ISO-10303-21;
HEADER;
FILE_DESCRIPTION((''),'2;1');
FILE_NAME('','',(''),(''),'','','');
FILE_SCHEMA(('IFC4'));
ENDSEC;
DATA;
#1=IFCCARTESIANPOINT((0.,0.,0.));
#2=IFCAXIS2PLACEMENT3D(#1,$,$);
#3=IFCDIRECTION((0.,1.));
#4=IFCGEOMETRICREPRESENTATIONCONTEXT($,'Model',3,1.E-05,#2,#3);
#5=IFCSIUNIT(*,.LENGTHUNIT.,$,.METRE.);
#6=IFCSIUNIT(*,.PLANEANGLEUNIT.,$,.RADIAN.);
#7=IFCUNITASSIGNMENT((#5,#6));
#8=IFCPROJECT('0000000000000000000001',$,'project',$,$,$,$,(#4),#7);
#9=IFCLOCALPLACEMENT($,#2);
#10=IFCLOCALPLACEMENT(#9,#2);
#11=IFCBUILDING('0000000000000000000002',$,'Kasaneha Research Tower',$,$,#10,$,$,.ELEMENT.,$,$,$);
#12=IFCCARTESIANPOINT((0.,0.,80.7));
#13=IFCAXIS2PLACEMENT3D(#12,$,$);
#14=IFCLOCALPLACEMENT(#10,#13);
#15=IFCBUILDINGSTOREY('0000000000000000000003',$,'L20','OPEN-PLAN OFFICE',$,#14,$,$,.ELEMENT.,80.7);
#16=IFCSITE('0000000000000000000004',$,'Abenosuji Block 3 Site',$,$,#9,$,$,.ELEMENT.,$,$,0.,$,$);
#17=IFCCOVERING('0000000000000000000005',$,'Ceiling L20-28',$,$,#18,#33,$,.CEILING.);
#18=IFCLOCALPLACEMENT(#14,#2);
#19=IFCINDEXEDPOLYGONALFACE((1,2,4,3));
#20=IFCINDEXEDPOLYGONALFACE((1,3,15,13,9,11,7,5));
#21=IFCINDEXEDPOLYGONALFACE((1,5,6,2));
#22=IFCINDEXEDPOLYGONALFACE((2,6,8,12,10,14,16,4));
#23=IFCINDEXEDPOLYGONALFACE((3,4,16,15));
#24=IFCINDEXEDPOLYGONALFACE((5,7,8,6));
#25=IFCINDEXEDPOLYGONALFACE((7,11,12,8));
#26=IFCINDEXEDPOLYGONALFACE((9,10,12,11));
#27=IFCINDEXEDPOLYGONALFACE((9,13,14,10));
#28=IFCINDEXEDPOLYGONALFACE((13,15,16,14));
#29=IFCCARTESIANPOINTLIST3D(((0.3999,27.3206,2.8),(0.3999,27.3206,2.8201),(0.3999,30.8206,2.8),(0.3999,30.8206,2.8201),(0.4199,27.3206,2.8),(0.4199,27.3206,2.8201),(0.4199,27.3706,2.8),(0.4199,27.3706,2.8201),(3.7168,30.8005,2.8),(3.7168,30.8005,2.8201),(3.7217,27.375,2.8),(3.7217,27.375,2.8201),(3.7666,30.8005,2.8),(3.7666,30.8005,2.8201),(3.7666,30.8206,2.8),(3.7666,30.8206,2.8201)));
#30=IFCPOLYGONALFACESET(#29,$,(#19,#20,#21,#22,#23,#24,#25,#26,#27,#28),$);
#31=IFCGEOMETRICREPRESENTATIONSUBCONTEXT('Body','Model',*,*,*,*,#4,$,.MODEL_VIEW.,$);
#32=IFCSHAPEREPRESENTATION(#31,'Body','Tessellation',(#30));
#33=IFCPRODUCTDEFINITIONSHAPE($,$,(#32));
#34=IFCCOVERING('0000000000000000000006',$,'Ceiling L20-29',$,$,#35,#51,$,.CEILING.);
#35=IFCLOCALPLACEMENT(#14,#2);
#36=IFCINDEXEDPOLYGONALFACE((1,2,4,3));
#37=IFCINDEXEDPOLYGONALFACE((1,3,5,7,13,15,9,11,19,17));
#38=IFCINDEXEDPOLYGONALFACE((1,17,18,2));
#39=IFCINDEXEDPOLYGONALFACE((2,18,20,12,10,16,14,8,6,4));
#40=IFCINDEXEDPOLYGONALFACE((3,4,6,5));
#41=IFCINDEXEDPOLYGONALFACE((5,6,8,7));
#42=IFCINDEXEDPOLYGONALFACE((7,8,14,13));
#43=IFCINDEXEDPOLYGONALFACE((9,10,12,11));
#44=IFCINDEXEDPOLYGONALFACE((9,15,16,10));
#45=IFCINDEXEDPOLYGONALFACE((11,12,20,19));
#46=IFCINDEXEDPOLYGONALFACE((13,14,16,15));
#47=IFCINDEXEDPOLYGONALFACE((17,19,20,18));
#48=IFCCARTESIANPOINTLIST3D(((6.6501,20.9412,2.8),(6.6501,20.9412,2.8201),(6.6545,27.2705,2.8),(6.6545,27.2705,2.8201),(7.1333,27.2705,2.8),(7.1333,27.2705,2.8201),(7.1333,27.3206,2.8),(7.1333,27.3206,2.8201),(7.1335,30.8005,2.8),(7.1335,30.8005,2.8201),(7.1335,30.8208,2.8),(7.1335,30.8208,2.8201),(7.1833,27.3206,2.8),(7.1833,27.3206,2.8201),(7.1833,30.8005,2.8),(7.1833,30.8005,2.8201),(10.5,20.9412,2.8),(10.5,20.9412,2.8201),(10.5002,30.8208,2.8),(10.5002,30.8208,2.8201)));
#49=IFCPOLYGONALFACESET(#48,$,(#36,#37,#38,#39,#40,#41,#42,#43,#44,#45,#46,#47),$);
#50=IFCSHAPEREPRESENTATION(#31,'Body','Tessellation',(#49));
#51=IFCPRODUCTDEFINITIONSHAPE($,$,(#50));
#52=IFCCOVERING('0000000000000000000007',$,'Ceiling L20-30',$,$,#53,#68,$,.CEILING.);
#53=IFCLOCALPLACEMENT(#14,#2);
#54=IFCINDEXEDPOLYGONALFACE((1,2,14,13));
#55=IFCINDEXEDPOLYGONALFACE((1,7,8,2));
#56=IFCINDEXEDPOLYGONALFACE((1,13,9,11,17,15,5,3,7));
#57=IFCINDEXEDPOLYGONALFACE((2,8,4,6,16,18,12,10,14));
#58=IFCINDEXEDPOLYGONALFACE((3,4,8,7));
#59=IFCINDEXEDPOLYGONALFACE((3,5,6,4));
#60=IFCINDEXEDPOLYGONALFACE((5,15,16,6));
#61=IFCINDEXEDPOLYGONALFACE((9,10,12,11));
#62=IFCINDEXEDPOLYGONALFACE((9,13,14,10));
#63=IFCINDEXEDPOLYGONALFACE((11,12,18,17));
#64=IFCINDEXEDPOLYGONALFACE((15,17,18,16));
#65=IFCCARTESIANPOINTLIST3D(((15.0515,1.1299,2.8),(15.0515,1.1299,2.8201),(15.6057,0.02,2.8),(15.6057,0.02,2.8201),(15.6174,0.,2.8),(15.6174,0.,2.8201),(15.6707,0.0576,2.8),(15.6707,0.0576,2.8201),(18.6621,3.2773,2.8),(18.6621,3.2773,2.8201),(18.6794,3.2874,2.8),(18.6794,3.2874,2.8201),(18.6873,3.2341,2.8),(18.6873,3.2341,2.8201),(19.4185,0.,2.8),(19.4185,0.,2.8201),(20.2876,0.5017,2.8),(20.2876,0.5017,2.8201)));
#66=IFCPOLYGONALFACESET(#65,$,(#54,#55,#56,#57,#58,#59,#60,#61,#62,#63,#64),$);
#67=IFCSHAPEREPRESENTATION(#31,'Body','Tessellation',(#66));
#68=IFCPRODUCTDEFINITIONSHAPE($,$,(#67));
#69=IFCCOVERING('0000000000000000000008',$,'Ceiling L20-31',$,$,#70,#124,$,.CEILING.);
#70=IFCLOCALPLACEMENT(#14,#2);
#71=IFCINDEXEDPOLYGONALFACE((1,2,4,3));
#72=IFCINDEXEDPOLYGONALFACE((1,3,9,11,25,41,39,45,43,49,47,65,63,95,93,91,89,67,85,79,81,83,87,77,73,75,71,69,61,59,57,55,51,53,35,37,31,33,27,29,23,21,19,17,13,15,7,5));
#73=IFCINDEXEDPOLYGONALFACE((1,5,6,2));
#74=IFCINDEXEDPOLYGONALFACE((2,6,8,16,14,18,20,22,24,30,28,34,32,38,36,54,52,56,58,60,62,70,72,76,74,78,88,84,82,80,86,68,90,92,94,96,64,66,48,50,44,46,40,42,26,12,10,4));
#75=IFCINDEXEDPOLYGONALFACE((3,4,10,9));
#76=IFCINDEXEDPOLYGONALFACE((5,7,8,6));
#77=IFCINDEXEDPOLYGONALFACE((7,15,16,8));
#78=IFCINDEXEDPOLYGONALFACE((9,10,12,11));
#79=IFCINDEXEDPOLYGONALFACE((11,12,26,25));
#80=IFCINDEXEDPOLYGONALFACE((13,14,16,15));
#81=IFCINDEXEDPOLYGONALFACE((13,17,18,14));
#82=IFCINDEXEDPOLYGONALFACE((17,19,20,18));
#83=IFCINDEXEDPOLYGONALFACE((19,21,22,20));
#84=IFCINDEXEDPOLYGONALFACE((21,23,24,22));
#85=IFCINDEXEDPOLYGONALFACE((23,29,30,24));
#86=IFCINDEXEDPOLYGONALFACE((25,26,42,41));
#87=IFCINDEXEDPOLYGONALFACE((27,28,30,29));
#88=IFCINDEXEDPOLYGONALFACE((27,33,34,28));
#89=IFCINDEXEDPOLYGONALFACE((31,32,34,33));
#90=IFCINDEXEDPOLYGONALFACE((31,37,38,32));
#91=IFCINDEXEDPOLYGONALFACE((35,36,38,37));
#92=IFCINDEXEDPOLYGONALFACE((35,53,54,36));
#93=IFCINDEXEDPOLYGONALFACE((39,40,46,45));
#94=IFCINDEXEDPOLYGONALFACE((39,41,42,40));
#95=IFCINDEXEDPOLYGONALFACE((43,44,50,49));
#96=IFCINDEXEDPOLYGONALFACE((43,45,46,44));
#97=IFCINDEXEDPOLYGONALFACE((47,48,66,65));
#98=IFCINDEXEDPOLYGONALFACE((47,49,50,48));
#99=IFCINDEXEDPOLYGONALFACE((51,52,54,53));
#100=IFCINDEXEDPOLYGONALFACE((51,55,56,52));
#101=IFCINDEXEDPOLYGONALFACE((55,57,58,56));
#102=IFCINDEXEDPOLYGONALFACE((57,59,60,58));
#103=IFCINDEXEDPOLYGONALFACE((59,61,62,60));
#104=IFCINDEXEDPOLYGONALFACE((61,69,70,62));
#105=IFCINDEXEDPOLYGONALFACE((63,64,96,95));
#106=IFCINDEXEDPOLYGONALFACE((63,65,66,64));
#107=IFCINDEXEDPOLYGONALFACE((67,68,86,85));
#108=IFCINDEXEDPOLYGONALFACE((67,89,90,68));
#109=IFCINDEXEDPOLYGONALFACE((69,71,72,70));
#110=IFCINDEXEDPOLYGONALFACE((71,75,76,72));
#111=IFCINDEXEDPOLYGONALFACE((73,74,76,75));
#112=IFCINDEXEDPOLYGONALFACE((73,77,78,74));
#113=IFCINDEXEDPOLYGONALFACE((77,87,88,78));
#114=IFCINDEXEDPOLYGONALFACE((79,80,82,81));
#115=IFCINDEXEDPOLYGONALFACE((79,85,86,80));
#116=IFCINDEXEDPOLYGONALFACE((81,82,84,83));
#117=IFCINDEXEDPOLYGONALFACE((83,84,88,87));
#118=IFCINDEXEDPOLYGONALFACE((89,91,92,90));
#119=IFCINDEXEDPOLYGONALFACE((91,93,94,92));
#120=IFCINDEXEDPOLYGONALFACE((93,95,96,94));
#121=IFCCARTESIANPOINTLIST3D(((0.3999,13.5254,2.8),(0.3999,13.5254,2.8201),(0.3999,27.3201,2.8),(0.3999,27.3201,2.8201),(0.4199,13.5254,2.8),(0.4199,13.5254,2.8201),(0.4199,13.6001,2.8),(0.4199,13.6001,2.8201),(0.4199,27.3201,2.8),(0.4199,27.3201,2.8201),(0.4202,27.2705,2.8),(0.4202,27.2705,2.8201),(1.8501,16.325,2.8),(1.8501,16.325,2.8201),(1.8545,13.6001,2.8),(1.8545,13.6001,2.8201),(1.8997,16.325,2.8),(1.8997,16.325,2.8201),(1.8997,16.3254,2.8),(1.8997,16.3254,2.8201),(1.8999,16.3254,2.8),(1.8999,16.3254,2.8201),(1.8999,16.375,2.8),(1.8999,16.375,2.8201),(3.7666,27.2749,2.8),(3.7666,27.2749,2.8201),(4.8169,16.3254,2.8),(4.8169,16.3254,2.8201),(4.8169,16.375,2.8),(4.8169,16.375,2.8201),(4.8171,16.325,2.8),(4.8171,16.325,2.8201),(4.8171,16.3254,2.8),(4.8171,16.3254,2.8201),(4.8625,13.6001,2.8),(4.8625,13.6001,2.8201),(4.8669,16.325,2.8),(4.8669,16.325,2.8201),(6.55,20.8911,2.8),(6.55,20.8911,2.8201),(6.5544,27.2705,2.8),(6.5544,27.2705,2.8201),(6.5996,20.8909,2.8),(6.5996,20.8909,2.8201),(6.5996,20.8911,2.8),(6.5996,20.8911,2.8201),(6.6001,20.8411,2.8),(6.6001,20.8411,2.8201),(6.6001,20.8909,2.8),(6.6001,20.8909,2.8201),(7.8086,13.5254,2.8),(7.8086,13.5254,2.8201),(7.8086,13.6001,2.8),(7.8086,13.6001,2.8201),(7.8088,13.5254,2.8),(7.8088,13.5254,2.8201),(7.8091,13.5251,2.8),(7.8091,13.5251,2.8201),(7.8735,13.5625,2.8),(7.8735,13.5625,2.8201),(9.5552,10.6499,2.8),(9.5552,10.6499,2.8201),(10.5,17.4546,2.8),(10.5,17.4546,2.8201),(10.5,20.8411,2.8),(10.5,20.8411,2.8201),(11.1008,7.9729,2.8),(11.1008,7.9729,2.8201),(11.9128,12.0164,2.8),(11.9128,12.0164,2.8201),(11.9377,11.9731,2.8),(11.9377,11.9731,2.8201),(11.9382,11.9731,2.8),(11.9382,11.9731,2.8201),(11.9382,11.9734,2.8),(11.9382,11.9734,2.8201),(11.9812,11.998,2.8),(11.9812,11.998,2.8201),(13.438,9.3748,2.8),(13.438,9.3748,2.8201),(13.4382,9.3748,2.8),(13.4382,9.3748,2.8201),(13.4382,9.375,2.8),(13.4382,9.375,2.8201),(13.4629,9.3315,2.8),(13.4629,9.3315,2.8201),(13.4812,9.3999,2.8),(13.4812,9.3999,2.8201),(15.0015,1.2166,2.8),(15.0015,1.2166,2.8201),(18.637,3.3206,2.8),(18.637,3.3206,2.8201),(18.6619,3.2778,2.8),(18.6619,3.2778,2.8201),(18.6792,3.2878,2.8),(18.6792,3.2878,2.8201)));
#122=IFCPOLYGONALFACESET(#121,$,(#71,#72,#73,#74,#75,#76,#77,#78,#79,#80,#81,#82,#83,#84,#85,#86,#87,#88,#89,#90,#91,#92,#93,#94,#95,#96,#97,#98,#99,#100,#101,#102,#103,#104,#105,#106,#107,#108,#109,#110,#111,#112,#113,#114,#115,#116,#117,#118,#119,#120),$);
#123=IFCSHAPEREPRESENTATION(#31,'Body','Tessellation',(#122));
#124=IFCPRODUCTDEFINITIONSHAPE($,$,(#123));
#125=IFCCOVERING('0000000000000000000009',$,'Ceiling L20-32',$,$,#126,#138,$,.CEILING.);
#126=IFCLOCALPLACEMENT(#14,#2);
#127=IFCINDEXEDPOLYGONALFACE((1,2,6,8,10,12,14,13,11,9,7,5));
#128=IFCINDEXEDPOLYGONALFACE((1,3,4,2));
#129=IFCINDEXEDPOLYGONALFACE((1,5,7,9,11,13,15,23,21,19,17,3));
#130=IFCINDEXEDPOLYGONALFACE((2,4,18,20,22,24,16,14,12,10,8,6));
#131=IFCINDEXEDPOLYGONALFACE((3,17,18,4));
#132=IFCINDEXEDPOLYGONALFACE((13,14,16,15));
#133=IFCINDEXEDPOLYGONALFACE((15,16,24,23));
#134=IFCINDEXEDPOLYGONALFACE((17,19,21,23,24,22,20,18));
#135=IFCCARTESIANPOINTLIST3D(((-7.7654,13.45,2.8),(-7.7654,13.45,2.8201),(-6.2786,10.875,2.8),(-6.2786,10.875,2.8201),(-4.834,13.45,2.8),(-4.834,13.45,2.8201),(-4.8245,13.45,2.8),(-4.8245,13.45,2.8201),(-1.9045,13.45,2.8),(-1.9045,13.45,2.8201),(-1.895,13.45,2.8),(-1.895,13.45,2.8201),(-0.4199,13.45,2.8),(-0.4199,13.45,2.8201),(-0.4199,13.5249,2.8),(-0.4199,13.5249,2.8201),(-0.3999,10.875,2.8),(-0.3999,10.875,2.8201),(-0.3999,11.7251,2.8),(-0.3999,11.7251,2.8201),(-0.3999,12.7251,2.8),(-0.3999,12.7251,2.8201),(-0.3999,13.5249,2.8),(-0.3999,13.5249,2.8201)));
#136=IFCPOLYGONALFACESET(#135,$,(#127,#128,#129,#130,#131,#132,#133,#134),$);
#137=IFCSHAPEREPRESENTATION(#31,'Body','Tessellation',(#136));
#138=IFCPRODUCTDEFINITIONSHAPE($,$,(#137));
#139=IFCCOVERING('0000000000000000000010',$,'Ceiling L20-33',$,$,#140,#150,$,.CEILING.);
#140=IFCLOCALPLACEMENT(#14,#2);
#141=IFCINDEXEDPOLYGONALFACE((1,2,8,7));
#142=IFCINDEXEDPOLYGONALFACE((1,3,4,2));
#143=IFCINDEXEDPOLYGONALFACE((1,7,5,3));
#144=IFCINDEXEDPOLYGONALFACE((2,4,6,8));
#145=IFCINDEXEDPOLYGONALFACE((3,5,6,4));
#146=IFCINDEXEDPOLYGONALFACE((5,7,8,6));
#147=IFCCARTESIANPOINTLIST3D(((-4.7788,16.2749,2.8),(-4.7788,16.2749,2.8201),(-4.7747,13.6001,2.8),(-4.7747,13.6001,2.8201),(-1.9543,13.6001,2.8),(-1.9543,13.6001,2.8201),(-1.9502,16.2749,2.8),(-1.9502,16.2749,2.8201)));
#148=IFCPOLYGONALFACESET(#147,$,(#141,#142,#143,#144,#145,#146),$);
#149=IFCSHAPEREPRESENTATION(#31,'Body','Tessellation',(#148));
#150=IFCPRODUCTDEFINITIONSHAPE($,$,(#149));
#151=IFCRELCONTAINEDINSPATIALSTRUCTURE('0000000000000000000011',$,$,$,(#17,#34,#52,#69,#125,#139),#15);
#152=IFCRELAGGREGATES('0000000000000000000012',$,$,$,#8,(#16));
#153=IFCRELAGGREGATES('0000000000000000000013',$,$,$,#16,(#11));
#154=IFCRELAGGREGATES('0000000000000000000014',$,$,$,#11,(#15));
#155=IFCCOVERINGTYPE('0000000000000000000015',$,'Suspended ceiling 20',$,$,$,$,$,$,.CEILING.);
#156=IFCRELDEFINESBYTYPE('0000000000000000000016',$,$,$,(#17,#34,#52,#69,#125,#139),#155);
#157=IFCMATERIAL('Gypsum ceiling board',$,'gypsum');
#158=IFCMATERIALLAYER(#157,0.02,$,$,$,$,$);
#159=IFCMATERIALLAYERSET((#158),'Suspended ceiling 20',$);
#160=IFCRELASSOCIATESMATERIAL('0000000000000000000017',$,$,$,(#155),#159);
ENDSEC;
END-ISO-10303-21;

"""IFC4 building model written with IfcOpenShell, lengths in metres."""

from ifc_helpers import new_model, si_unit, direction, frame, origin, place, context, subcontext, project, spatial, polyline, outline, extrude, material, layer, layer_set, type_object, element, save


model = new_model("IFC4")

# Units and contexts
model_context = context("Model", 3, precision=1e-05, world=origin(), true_north=direction((0.0, 1.0)))
body_context = subcontext(model_context, "Body", "Model", "MODEL_VIEW")
ifc_project = project(units=[si_unit("LENGTHUNIT", "METRE"), si_unit("PLANEANGLEUNIT", "RADIAN")], contexts=[model_context])

# Site, building, storey
site_placement = place(None, origin())
site = spatial("IfcSite", under=ifc_project, at=site_placement, Name="Abenosuji Block 3 Site", CompositionType="ELEMENT", RefElevation=0.0)
building_placement = place(site_placement, origin())
building = spatial("IfcBuilding", under=site, at=building_placement, Name="Kasaneha Research Tower", CompositionType="ELEMENT")
storey_placement = place(building_placement, frame((0.0, 0.0, 80.7)))
storey = spatial("IfcBuildingStorey", under=building, at=storey_placement, Name="L20", Description="OPEN-PLAN OFFICE", CompositionType="ELEMENT", Elevation=80.7)

# Coverings
ifc_material_1 = material(Name="Gypsum ceiling board", Category="gypsum")
ifc_layer_1 = layer(ifc_material_1, 0.02)
ifc_layer_set_1 = layer_set([ifc_layer_1], Name="Suspended ceiling 20")
covering_type_1 = type_object("IfcCoveringType", Name="Suspended ceiling 20", PredefinedType="CEILING", material=ifc_layer_set_1)
covering_1_placement = place(storey_placement, frame((0.0, 0.0, 2.8)))
element("IfcCovering", 1, at=covering_1_placement, inside=storey, type_object=covering_type_1, Name="Ceiling L20-28", PredefinedType="CEILING", context=body_context, shape_type="SweptSolid", body=[
    extrude(outline(polyline([(3.7666, 30.8206), (3.7666, 30.8005), (3.7168, 30.8005), (3.7217, 27.375), (0.4199, 27.3706), (0.4199, 27.3206), (0.3999, 27.3206), (0.3999, 30.8206), (3.7666, 30.8206)])), origin(), (0.0, 0.0, 1.0), 0.02),
])
covering_2_placement = place(storey_placement, frame((0.0, 0.0, 2.8)))
element("IfcCovering", 2, at=covering_2_placement, inside=storey, type_object=covering_type_1, Name="Ceiling L20-29", PredefinedType="CEILING", context=body_context, shape_type="SweptSolid", body=[
    extrude(outline(polyline([(10.5002, 30.8208), (10.5, 20.8911), (10.5, 20.9412), (6.6501, 20.9412), (6.6545, 27.2705), (7.1333, 27.2705), (7.1333, 27.3206), (7.1833, 27.3206), (7.1833, 30.8005), (7.1335, 30.8005), (7.1335, 30.8208), (10.5002, 30.8208)])), origin(), (0.0, 0.0, 1.0), 0.02),
])
covering_3_placement = place(storey_placement, frame((0.0, 0.0, 2.8)))
element("IfcCovering", 3, at=covering_3_placement, inside=storey, type_object=covering_type_1, Name="Ceiling L20-30", PredefinedType="CEILING", context=body_context, shape_type="SweptSolid", body=[
    extrude(outline(polyline([(19.4185, 0.0), (15.6174, 0.0), (15.6057, 0.02), (15.6707, 0.0576), (15.0515, 1.1299), (18.6873, 3.2341), (18.6621, 3.2773), (18.6794, 3.2874), (20.2876, 0.5017), (19.4185, 0.0)])), origin(), (0.0, 0.0, 1.0), 0.02),
])
covering_4_placement = place(storey_placement, frame((0.0, 0.0, 2.8)))
element("IfcCovering", 4, at=covering_4_placement, inside=storey, type_object=covering_type_1, Name="Ceiling L20-31", PredefinedType="CEILING", context=body_context, shape_type="SweptSolid", body=[
    extrude(outline(polyline([(13.4382, 9.3748), (13.4382, 9.375), (13.4812, 9.3999), (11.9812, 11.998), (11.9382, 11.9731), (11.9382, 11.9734), (11.9377, 11.9731), (11.9128, 12.0164), (9.5552, 10.6499), (7.8735, 13.5625), (7.8091, 13.5251), (7.8088, 13.5254), (7.8086, 13.5254), (7.8086, 13.6001), (4.8625, 13.6001), (4.8669, 16.325), (4.8171, 16.325), (4.8171, 16.3254), (4.8169, 16.3254), (4.8169, 16.375), (1.8999, 16.375), (1.8999, 16.3254), (1.8997, 16.3254), (1.8997, 16.325), (1.8501, 16.325), (1.8545, 13.6001), (0.4199, 13.6001), (0.4199, 13.5254), (0.3999, 13.5254), (0.3999, 27.3201), (0.4199, 27.3201), (0.4202, 27.2705), (3.7666, 27.2749), (6.5544, 27.2705), (6.55, 20.8911), (6.5996, 20.8911), (6.5996, 20.8909), (6.6001, 20.8909), (6.6001, 20.8411), (10.5, 20.8411), (10.5, 17.4546), (18.6792, 3.2878), (18.6619, 3.2778), (18.637, 3.3206), (15.0015, 1.2166), (11.1008, 7.9729), (13.4629, 9.3315), (13.438, 9.3748), (13.4382, 9.3748)])), origin(), (0.0, 0.0, 1.0), 0.02),
])
covering_5_placement = place(storey_placement, frame((0.0, 0.0, 2.8)))
element("IfcCovering", 5, at=covering_5_placement, inside=storey, type_object=covering_type_1, Name="Ceiling L20-32", PredefinedType="CEILING", context=body_context, shape_type="SweptSolid", body=[
    extrude(outline(polyline([(-0.3999, 11.7251), (-0.3999, 10.875), (-6.2786, 10.875), (-7.7654, 13.45), (-7.7654, 13.45), (-4.834, 13.45), (-4.8245, 13.45), (-1.9045, 13.45), (-1.895, 13.45), (-0.4199, 13.45), (-0.4199, 13.5249), (-0.3999, 13.5249), (-0.3999, 12.7251), (-0.3999, 11.7251)])), origin(), (0.0, 0.0, 1.0), 0.02),
])
covering_6_placement = place(storey_placement, frame((0.0, 0.0, 2.8)))
element("IfcCovering", 6, at=covering_6_placement, inside=storey, type_object=covering_type_1, Name="Ceiling L20-33", PredefinedType="CEILING", context=body_context, shape_type="SweptSolid", body=[
    extrude(outline(polyline([(-4.7747, 13.6001), (-4.7788, 16.2749), (-1.9502, 16.2749), (-1.9543, 13.6001), (-4.7747, 13.6001)])), origin(), (0.0, 0.0, 1.0), 0.02),
])

save(model, "model.ifc")
